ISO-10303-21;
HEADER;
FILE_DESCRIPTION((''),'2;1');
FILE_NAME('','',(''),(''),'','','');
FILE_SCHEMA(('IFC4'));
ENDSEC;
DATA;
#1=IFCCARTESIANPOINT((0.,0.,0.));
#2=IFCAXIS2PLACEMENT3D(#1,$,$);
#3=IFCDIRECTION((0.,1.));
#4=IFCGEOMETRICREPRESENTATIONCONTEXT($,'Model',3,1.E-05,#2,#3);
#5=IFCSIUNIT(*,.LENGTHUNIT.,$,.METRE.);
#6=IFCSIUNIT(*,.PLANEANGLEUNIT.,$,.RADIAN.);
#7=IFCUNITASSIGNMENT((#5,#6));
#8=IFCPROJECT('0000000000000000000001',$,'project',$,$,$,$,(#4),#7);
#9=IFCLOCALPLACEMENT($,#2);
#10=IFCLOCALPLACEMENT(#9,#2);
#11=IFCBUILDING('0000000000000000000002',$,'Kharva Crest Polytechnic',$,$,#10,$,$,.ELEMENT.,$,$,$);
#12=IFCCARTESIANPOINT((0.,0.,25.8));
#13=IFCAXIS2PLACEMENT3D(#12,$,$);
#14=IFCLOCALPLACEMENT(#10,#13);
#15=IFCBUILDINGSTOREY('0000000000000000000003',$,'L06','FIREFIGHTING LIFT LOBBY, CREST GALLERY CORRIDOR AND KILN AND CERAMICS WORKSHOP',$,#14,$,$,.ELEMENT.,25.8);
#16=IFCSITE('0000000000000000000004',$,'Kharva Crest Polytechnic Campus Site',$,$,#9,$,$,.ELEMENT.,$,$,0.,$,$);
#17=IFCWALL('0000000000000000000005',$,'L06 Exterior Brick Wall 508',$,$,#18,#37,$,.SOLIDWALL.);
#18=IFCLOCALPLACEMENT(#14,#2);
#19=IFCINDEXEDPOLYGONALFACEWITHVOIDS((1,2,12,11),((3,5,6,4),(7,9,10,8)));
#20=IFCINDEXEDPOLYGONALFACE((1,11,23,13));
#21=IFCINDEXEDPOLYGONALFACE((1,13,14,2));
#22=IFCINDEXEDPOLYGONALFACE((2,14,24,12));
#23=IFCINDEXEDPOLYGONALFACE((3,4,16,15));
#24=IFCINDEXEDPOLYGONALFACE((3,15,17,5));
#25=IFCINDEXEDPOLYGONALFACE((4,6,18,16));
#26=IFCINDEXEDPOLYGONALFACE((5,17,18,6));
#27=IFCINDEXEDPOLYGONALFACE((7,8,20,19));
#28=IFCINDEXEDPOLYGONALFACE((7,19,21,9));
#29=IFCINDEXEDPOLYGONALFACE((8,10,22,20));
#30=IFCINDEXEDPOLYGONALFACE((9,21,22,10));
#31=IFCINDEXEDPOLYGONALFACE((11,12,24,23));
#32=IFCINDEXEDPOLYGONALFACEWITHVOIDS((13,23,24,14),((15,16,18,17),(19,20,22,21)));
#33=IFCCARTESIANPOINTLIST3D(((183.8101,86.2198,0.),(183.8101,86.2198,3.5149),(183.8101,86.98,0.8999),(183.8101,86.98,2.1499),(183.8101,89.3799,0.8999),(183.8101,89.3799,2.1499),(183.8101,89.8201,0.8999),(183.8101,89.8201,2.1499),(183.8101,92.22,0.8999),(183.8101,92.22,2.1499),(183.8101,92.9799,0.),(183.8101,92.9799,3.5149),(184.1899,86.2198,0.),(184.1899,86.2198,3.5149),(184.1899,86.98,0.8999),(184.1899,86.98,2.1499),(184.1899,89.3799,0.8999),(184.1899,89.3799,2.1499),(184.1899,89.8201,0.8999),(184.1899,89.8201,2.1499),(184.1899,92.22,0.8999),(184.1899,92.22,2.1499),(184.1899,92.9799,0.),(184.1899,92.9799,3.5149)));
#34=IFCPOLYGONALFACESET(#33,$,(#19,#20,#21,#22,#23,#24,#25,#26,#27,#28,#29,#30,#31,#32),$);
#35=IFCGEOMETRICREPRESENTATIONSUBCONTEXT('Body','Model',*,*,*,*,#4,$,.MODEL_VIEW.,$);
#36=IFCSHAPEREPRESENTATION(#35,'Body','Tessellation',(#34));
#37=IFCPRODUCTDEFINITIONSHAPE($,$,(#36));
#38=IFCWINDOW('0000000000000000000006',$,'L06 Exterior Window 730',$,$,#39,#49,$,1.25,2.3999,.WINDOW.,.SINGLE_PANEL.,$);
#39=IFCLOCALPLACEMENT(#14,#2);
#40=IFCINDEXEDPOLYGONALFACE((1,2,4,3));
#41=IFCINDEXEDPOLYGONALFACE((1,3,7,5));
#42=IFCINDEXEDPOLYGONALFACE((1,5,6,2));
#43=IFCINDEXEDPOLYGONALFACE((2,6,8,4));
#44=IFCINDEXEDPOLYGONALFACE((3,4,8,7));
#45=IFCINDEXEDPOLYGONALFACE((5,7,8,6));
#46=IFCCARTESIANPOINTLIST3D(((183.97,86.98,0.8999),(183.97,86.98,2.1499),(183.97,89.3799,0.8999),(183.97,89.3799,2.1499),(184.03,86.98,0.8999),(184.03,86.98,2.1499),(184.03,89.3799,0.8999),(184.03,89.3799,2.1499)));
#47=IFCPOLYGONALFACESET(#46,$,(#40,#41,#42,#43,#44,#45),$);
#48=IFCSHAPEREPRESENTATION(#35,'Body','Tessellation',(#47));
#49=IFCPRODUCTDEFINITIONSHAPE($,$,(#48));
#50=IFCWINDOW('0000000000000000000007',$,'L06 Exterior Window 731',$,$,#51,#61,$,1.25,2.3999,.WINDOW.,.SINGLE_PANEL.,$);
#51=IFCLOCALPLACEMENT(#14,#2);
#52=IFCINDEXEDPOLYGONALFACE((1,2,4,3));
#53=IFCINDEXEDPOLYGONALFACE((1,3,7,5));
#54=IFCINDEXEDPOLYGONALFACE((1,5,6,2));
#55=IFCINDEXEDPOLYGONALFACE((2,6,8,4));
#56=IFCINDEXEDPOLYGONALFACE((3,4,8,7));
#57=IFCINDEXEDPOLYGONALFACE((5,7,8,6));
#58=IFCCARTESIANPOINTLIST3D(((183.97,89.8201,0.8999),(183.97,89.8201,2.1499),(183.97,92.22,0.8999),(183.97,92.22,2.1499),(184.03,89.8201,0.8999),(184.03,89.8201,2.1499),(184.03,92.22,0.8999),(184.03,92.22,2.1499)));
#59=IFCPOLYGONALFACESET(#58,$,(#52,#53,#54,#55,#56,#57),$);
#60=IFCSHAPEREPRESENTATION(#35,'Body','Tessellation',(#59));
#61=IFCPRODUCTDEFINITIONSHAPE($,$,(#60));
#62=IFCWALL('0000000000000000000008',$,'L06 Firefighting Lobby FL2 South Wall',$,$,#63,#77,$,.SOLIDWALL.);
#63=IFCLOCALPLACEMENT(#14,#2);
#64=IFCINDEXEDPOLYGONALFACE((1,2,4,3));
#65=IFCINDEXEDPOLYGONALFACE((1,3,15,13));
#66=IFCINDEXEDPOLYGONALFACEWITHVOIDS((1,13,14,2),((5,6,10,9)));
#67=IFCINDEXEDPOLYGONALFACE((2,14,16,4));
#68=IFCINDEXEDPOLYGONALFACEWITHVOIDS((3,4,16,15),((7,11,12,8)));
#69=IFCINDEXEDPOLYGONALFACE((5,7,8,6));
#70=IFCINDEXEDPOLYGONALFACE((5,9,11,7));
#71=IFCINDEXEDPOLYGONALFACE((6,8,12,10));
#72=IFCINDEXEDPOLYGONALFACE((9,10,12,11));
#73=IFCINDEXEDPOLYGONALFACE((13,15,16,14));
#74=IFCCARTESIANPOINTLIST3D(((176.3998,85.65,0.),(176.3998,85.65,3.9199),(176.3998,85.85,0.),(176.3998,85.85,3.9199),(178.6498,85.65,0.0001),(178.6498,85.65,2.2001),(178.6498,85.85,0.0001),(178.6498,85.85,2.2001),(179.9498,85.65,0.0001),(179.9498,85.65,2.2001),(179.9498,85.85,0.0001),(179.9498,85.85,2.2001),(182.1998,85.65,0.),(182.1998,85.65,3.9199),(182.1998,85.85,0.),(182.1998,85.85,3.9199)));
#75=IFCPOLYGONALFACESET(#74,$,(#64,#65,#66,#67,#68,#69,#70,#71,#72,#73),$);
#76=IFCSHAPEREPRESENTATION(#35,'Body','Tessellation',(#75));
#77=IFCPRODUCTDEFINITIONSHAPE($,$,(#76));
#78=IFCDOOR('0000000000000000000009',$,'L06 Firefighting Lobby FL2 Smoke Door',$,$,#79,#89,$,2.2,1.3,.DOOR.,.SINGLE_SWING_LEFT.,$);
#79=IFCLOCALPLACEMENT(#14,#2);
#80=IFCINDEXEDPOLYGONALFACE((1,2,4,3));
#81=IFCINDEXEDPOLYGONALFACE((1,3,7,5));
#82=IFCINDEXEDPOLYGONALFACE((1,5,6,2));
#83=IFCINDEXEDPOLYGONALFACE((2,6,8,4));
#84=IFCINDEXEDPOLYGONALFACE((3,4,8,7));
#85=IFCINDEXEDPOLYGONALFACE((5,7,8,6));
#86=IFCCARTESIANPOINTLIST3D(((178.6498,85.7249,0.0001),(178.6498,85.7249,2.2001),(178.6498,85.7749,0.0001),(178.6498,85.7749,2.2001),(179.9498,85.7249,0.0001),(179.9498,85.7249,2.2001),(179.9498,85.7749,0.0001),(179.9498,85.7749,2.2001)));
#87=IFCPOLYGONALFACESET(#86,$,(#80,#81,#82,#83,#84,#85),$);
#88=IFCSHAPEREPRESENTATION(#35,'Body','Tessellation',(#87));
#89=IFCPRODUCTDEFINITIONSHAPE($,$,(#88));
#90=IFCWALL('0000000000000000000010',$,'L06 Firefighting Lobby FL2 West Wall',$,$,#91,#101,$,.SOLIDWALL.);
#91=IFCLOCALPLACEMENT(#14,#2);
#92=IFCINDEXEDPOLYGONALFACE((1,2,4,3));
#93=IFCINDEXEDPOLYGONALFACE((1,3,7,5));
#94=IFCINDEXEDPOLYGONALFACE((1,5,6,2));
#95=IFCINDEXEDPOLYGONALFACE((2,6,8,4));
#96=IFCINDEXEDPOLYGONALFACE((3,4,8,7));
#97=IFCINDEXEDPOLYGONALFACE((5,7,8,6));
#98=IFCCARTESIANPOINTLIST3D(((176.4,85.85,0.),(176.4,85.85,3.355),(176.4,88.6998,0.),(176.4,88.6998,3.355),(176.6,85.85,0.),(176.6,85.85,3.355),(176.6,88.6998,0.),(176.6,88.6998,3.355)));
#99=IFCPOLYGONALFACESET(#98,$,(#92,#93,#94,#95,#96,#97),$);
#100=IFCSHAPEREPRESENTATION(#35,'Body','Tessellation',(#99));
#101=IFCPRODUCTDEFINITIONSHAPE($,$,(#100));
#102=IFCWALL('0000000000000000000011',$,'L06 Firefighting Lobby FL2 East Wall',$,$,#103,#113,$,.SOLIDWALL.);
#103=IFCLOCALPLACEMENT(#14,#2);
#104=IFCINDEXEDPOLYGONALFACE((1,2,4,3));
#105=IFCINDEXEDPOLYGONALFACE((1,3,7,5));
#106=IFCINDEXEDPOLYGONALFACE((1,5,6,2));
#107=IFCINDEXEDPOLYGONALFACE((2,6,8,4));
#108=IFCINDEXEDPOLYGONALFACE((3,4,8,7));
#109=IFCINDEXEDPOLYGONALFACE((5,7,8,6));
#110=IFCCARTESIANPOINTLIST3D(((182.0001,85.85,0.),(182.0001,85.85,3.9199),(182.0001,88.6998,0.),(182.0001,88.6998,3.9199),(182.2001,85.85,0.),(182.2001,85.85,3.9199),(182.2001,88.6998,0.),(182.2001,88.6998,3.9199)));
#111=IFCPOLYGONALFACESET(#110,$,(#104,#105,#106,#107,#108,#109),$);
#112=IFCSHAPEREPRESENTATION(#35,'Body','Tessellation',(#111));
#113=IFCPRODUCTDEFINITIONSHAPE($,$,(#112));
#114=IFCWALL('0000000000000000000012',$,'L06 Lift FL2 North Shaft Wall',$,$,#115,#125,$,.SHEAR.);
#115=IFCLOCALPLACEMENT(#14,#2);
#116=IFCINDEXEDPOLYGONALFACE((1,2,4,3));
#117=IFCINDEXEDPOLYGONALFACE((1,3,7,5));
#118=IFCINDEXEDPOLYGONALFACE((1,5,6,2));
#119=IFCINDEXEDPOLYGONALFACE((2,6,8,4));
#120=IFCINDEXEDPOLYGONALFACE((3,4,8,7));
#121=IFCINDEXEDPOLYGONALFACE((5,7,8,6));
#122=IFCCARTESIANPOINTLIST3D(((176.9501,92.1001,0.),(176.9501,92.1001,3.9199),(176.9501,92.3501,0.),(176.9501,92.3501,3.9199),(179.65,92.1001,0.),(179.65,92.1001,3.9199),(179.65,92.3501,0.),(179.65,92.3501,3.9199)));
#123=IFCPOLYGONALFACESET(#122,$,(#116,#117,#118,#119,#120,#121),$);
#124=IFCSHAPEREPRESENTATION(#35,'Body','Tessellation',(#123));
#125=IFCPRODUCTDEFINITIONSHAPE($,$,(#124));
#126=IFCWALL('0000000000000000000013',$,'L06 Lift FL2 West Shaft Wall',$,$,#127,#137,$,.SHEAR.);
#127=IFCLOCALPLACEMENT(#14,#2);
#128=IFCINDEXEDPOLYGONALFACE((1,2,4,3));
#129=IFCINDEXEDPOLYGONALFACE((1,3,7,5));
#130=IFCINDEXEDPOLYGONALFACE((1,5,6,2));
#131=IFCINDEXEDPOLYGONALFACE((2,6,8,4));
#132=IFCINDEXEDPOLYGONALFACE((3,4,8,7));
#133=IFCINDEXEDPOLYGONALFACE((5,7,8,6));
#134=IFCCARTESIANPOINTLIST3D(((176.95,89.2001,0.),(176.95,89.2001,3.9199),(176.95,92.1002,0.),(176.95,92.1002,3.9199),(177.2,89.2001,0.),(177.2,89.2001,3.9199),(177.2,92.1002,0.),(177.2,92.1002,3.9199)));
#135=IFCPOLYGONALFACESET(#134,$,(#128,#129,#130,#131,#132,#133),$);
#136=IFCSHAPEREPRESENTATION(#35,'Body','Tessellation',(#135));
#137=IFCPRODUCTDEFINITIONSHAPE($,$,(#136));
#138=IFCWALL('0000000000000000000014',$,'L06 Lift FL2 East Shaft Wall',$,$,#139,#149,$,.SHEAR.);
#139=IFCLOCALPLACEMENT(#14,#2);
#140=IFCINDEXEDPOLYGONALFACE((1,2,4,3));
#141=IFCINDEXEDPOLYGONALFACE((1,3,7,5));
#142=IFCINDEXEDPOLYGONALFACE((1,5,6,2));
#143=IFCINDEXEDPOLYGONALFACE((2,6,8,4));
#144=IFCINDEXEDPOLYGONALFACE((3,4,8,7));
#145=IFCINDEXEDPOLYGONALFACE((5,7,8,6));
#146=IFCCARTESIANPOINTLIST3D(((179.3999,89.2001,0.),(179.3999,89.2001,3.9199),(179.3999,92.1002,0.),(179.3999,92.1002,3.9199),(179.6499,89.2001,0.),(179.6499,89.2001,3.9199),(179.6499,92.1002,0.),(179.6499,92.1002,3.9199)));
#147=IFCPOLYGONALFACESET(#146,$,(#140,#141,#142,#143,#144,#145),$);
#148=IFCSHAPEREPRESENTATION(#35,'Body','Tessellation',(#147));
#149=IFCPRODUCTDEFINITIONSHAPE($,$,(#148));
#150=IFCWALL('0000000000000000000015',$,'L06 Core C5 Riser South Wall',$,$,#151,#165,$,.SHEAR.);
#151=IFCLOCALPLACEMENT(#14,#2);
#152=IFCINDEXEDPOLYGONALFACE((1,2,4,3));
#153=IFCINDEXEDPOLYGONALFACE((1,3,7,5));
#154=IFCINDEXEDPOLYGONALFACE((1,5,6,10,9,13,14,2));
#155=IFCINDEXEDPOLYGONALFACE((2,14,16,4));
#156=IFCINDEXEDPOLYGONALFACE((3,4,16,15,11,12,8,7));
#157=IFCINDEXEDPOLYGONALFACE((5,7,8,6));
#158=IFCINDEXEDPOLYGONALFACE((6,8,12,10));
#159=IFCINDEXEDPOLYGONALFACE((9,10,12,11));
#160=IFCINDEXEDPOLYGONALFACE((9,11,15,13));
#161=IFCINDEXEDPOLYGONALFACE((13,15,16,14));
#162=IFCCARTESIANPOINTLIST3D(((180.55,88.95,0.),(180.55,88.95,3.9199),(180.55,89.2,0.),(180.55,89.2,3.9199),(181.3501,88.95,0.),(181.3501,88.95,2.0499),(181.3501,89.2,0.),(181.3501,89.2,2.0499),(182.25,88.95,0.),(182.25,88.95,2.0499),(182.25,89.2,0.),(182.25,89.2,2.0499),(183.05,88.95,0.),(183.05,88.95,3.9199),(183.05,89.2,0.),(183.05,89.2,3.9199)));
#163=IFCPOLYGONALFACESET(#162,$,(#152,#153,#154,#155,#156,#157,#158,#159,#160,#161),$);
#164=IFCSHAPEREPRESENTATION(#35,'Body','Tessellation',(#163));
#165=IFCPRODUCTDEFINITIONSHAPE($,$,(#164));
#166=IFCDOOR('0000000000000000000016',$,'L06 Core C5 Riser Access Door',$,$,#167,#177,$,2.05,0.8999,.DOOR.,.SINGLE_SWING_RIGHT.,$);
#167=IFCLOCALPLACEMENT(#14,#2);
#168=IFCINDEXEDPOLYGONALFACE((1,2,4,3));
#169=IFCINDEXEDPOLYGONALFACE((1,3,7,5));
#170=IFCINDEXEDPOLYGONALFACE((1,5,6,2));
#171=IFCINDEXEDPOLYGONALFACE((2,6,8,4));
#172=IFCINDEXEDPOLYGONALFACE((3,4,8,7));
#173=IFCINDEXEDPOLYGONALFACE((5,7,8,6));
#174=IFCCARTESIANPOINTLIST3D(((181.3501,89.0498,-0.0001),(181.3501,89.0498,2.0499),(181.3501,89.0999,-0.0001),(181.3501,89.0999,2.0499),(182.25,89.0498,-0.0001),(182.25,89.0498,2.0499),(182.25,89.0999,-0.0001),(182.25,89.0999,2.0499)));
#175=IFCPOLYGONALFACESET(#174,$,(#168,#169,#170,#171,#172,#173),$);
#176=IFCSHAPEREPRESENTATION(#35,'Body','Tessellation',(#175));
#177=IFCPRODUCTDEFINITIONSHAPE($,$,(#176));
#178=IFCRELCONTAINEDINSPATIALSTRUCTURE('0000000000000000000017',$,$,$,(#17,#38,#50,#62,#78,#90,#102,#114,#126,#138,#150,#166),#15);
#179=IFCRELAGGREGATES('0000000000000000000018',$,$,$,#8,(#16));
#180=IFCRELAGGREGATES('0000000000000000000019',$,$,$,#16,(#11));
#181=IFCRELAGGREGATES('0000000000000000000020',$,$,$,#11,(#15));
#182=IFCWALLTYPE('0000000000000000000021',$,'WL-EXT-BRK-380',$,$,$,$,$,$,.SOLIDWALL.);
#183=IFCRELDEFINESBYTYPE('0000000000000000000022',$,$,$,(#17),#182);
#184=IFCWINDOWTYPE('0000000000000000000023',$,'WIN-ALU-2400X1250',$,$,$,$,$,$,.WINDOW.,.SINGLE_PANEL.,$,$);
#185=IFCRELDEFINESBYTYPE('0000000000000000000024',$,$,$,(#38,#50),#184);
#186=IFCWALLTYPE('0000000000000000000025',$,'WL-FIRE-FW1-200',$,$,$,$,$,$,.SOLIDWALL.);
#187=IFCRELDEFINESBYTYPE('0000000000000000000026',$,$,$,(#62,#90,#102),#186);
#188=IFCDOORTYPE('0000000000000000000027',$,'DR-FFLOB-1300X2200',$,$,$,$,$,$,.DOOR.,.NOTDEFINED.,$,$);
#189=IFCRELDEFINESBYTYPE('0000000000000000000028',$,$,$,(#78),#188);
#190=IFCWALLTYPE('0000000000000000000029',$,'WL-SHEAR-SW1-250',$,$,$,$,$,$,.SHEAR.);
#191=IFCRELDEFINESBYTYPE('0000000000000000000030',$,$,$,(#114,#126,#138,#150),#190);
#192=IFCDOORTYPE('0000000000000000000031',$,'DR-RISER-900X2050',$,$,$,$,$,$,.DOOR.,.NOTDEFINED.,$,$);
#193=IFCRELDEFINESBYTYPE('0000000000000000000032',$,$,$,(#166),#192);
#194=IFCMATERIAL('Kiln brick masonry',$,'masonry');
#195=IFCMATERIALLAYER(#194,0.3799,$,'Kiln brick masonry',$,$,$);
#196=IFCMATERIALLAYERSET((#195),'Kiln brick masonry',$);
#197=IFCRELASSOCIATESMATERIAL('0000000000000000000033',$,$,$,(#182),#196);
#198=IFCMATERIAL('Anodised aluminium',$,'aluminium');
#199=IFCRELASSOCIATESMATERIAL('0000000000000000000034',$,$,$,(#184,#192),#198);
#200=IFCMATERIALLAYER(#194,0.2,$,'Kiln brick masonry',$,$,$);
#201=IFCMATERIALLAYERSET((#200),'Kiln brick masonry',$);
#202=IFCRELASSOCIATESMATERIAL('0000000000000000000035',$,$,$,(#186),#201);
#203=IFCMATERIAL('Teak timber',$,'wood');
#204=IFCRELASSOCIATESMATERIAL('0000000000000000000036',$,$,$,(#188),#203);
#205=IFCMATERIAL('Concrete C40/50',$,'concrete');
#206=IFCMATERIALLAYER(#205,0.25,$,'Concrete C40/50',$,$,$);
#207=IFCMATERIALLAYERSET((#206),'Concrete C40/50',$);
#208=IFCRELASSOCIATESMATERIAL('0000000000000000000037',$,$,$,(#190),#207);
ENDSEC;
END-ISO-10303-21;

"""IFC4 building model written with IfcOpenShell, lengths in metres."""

from ifc_helpers import new_model, si_unit, direction, frame, frame_2d, origin, place, context, subcontext, project, spatial, rectangle, extrude, material, layer, layer_set, type_object, element, fill, save


model = new_model("IFC4")

# Units and contexts
model_context = context("Model", 3, precision=1e-05, world=origin(), true_north=direction((0.0, 1.0)))
body_context = subcontext(model_context, "Body", "Model", "MODEL_VIEW")
ifc_project = project(units=[si_unit("LENGTHUNIT", "METRE"), si_unit("PLANEANGLEUNIT", "RADIAN")], contexts=[model_context])

# Site, building, storey
site_placement = place(None, origin())
site = spatial("IfcSite", under=ifc_project, at=site_placement, Name="Kharva Crest Polytechnic Campus Site", CompositionType="ELEMENT", RefElevation=0.0)
building_placement = place(site_placement, origin())
building = spatial("IfcBuilding", under=site, at=building_placement, Name="Kharva Crest Polytechnic", CompositionType="ELEMENT")
storey_placement = place(building_placement, frame((0.0, 0.0, 25.8)))
storey = spatial("IfcBuildingStorey", under=building, at=storey_placement, Name="L06", Description="FIREFIGHTING LIFT LOBBY, CREST GALLERY CORRIDOR AND KILN AND CERAMICS WORKSHOP", CompositionType="ELEMENT", Elevation=25.8)

# Shared definitions
ifc_material_1 = material(Name="Concrete C40/50", Category="concrete")

# Wall, openings, windows
ifc_material_2 = material(Name="Kiln brick masonry", Category="masonry")
ifc_material_3 = material(Name="Anodised aluminium", Category="aluminium")
ifc_layer_1 = layer(ifc_material_2, 0.3799, Name="Kiln brick masonry")
ifc_layer_set_1 = layer_set([ifc_layer_1], Name="Kiln brick masonry")
wall_type_1 = type_object("IfcWallType", Name="WL-EXT-BRK-380", PredefinedType="SOLIDWALL", material=ifc_layer_set_1)
wall_1_placement = place(storey_placement, frame((184.0, 86.22, 0.0), z_axis=(0.0, 0.0, 1.0), x_axis=(0.0, 1.0, 0.0)))
wall_1 = element("IfcWall", 1, at=wall_1_placement, inside=storey, type_object=wall_type_1, Name="L06 Exterior Brick Wall 508", PredefinedType="SOLIDWALL", context=body_context, shape_type="SweptSolid", body=[
    extrude(rectangle(XDim=6.76, YDim=0.3799, at=frame_2d((3.3799, 0.0))), origin(), (0.0, 0.0, 1.0), 3.5149),
])
opening_1_placement = place(wall_1_placement, frame((0.76, 0.0, 0.8999)))
opening_1 = element("IfcOpeningElement", 2, at=opening_1_placement, cuts=wall_1, PredefinedType="OPENING", context=body_context, shape_type="SweptSolid", body=[
    extrude(rectangle(XDim=2.3999, YDim=1.25, at=frame_2d((1.2, 0.625))), frame((0.0, 0.2, 0.0), z_axis=(0.0, -1.0, 0.0), x_axis=(1.0, 0.0, 0.0)), (0.0, 0.0, 1.0), 0.3999),
])
opening_2_placement = place(wall_1_placement, frame((3.6001, 0.0, 0.8999)))
opening_2 = element("IfcOpeningElement", 3, at=opening_2_placement, cuts=wall_1, PredefinedType="OPENING", context=body_context, shape_type="SweptSolid", body=[
    extrude(rectangle(XDim=2.3999, YDim=1.25, at=frame_2d((1.2, 0.625))), frame((0.0, 0.2, 0.0), z_axis=(0.0, -1.0, 0.0), x_axis=(1.0, 0.0, 0.0)), (0.0, 0.0, 1.0), 0.3999),
])
window_type_1 = type_object("IfcWindowType", Name="WIN-ALU-2400X1250", PartitioningType="SINGLE_PANEL", PredefinedType="WINDOW", material=ifc_material_3)
window_1_placement = place(opening_1_placement, origin())
window_1 = element("IfcWindow", 4, at=window_1_placement, inside=storey, type_object=window_type_1, Name="L06 Exterior Window 730", OverallHeight=1.25, OverallWidth=2.3999, PartitioningType="SINGLE_PANEL", PredefinedType="WINDOW", context=body_context, shape_type="SweptSolid", body=[
    extrude(rectangle(XDim=2.3999, YDim=1.25, at=frame_2d((1.2, 0.625))), frame((0.0, 0.03, 0.0), z_axis=(0.0, -1.0, 0.0), x_axis=(1.0, 0.0, 0.0)), (0.0, 0.0, 1.0), 0.0601),
])
fill(opening_1, window_1)
window_2_placement = place(opening_2_placement, origin())
window_2 = element("IfcWindow", 5, at=window_2_placement, inside=storey, type_object=window_type_1, Name="L06 Exterior Window 731", OverallHeight=1.25, OverallWidth=2.3999, PartitioningType="SINGLE_PANEL", PredefinedType="WINDOW", context=body_context, shape_type="SweptSolid", body=[
    extrude(rectangle(XDim=2.3999, YDim=1.25, at=frame_2d((1.2, 0.625))), frame((0.0, 0.03, 0.0), z_axis=(0.0, -1.0, 0.0), x_axis=(1.0, 0.0, 0.0)), (0.0, 0.0, 1.0), 0.0601),
])
fill(opening_2, window_2)

# Wall, opening, door
ifc_layer_2 = layer(ifc_material_2, 0.2, Name="Kiln brick masonry")
ifc_layer_set_2 = layer_set([ifc_layer_2], Name="Kiln brick masonry")
wall_type_2 = type_object("IfcWallType", Name="WL-FIRE-FW1-200", PredefinedType="SOLIDWALL", material=ifc_layer_set_2)
wall_2_placement = place(storey_placement, frame((176.3999, 85.75, 0.0), z_axis=(0.0, 0.0, 1.0), x_axis=(1.0, 0.0, 0.0)))
wall_2 = element("IfcWall", 6, at=wall_2_placement, inside=storey, type_object=wall_type_2, Name="L06 Firefighting Lobby FL2 South Wall", PredefinedType="SOLIDWALL", context=body_context, shape_type="SweptSolid", body=[
    extrude(rectangle(XDim=5.8, YDim=0.2, at=frame_2d((2.8999, 0.0))), origin(), (0.0, 0.0, 1.0), 3.9199),
])
opening_3_placement = place(wall_2_placement, frame((2.25, 0.0, 0.0)))
opening_3 = element("IfcOpeningElement", 7, at=opening_3_placement, cuts=wall_2, PredefinedType="OPENING", context=body_context, shape_type="SweptSolid", body=[
    extrude(rectangle(XDim=1.3, YDim=2.2, at=frame_2d((0.6499, 1.1001))), frame((0.0, 0.1099, 0.0), z_axis=(0.0, -1.0, 0.0), x_axis=(1.0, 0.0, 0.0)), (0.0, 0.0, 1.0), 0.22),
])
ifc_material_4 = material(Name="Teak timber", Category="wood")
door_type_1 = type_object("IfcDoorType", Name="DR-FFLOB-1300X2200", OperationType="NOTDEFINED", PredefinedType="DOOR", material=ifc_material_4)
door_1_placement = place(opening_3_placement, origin())
door_1 = element("IfcDoor", 8, at=door_1_placement, inside=storey, type_object=door_type_1, Name="L06 Firefighting Lobby FL2 Smoke Door", OperationType="SINGLE_SWING_LEFT", OverallHeight=2.2, OverallWidth=1.3, PredefinedType="DOOR", context=body_context, shape_type="SweptSolid", body=[
    extrude(rectangle(XDim=1.3, YDim=2.2, at=frame_2d((0.6499, 1.1001))), frame((0.0, 0.0249, 0.0), z_axis=(0.0, -1.0, 0.0), x_axis=(1.0, 0.0, 0.0)), (0.0, 0.0, 1.0), 0.05),
])
fill(opening_3, door_1)

# Walls
wall_3_placement = place(storey_placement, frame((176.5, 85.8501, 0.0), z_axis=(0.0, 0.0, 1.0), x_axis=(0.0, 1.0, 0.0)))
element("IfcWall", 9, at=wall_3_placement, inside=storey, type_object=wall_type_2, Name="L06 Firefighting Lobby FL2 West Wall", PredefinedType="SOLIDWALL", context=body_context, shape_type="SweptSolid", body=[
    extrude(rectangle(XDim=2.8499, YDim=0.2, at=frame_2d((1.4248, 0.0))), origin(), (0.0, 0.0, 1.0), 3.355),
])
wall_4_placement = place(storey_placement, frame((182.1001, 85.8501, 0.0), z_axis=(0.0, 0.0, 1.0), x_axis=(0.0, 1.0, 0.0)))
element("IfcWall", 10, at=wall_4_placement, inside=storey, type_object=wall_type_2, Name="L06 Firefighting Lobby FL2 East Wall", PredefinedType="SOLIDWALL", context=body_context, shape_type="SweptSolid", body=[
    extrude(rectangle(XDim=2.8499, YDim=0.2, at=frame_2d((1.4248, 0.0))), origin(), (0.0, 0.0, 1.0), 3.9199),
])

# Shared definitions
ifc_layer_3 = layer(ifc_material_1, 0.25, Name="Concrete C40/50")
ifc_layer_set_3 = layer_set([ifc_layer_3], Name="Concrete C40/50")
wall_type_3 = type_object("IfcWallType", Name="WL-SHEAR-SW1-250", PredefinedType="SHEAR", material=ifc_layer_set_3)

# Walls
wall_5_placement = place(storey_placement, frame((176.95, 92.2251, 0.0), z_axis=(0.0, 0.0, 1.0), x_axis=(1.0, 0.0, 0.0)))
element("IfcWall", 11, at=wall_5_placement, inside=storey, type_object=wall_type_3, Name="L06 Lift FL2 North Shaft Wall", PredefinedType="SHEAR", context=body_context, shape_type="SweptSolid", body=[
    extrude(rectangle(XDim=2.7, YDim=0.25, at=frame_2d((1.3501, 0.0))), origin(), (0.0, 0.0, 1.0), 3.9199),
])
for number, where, z_axis, x_axis, name in (
    (12, (177.075, 89.2, 0.0), (0.0, 0.0, 1.0), (0.0, 1.0, 0.0), "L06 Lift FL2 West Shaft Wall"),
    (13, (179.5249, 89.2, 0.0), (0.0, 0.0, 1.0), (0.0, 1.0, 0.0), "L06 Lift FL2 East Shaft Wall"),
):
    element("IfcWall", number, at=place(storey_placement, frame(where, z_axis=z_axis, x_axis=x_axis)), inside=storey, type_object=wall_type_3, Name=name, PredefinedType="SHEAR", context=body_context, shape_type="SweptSolid", body=[
        extrude(rectangle(XDim=2.9001, YDim=0.25, at=frame_2d((1.4502, 0.0))), origin(), (0.0, 0.0, 1.0), 3.9199),
    ])

# Wall, opening, door
wall_6_placement = place(storey_placement, frame((180.55, 89.075, 0.0), z_axis=(0.0, 0.0, 1.0), x_axis=(1.0, 0.0, 0.0)))
wall_6 = element("IfcWall", 14, at=wall_6_placement, inside=storey, type_object=wall_type_3, Name="L06 Core C5 Riser South Wall", PredefinedType="SHEAR", context=body_context, shape_type="SweptSolid", body=[
    extrude(rectangle(XDim=2.5, YDim=0.25, at=frame_2d((1.25, 0.0))), origin(), (0.0, 0.0, 1.0), 3.9199),
])
opening_4_placement = place(wall_6_placement, frame((0.8, 0.0, 0.0)))
opening_4 = element("IfcOpeningElement", 15, at=opening_4_placement, cuts=wall_6, PredefinedType="OPENING", context=body_context, shape_type="SweptSolid", body=[
    extrude(rectangle(XDim=0.8999, YDim=2.05, at=frame_2d((0.45, 1.0249))), frame((0.0, 0.135, 0.0), z_axis=(0.0, -1.0, 0.0), x_axis=(1.0, 0.0, 0.0)), (0.0, 0.0, 1.0), 0.27),
])
door_type_2 = type_object("IfcDoorType", Name="DR-RISER-900X2050", OperationType="NOTDEFINED", PredefinedType="DOOR", material=ifc_material_3)
door_2_placement = place(opening_4_placement, origin())
door_2 = element("IfcDoor", 16, at=door_2_placement, inside=storey, type_object=door_type_2, Name="L06 Core C5 Riser Access Door", OperationType="SINGLE_SWING_RIGHT", OverallHeight=2.05, OverallWidth=0.8999, PredefinedType="DOOR", context=body_context, shape_type="SweptSolid", body=[
    extrude(rectangle(XDim=0.8999, YDim=2.05, at=frame_2d((0.45, 1.0249))), frame((0.0, 0.0249, 0.0), z_axis=(0.0, -1.0, 0.0), x_axis=(1.0, 0.0, 0.0)), (0.0, 0.0, 1.0), 0.05),
])
fill(opening_4, door_2)

save(model, "model.ifc")
